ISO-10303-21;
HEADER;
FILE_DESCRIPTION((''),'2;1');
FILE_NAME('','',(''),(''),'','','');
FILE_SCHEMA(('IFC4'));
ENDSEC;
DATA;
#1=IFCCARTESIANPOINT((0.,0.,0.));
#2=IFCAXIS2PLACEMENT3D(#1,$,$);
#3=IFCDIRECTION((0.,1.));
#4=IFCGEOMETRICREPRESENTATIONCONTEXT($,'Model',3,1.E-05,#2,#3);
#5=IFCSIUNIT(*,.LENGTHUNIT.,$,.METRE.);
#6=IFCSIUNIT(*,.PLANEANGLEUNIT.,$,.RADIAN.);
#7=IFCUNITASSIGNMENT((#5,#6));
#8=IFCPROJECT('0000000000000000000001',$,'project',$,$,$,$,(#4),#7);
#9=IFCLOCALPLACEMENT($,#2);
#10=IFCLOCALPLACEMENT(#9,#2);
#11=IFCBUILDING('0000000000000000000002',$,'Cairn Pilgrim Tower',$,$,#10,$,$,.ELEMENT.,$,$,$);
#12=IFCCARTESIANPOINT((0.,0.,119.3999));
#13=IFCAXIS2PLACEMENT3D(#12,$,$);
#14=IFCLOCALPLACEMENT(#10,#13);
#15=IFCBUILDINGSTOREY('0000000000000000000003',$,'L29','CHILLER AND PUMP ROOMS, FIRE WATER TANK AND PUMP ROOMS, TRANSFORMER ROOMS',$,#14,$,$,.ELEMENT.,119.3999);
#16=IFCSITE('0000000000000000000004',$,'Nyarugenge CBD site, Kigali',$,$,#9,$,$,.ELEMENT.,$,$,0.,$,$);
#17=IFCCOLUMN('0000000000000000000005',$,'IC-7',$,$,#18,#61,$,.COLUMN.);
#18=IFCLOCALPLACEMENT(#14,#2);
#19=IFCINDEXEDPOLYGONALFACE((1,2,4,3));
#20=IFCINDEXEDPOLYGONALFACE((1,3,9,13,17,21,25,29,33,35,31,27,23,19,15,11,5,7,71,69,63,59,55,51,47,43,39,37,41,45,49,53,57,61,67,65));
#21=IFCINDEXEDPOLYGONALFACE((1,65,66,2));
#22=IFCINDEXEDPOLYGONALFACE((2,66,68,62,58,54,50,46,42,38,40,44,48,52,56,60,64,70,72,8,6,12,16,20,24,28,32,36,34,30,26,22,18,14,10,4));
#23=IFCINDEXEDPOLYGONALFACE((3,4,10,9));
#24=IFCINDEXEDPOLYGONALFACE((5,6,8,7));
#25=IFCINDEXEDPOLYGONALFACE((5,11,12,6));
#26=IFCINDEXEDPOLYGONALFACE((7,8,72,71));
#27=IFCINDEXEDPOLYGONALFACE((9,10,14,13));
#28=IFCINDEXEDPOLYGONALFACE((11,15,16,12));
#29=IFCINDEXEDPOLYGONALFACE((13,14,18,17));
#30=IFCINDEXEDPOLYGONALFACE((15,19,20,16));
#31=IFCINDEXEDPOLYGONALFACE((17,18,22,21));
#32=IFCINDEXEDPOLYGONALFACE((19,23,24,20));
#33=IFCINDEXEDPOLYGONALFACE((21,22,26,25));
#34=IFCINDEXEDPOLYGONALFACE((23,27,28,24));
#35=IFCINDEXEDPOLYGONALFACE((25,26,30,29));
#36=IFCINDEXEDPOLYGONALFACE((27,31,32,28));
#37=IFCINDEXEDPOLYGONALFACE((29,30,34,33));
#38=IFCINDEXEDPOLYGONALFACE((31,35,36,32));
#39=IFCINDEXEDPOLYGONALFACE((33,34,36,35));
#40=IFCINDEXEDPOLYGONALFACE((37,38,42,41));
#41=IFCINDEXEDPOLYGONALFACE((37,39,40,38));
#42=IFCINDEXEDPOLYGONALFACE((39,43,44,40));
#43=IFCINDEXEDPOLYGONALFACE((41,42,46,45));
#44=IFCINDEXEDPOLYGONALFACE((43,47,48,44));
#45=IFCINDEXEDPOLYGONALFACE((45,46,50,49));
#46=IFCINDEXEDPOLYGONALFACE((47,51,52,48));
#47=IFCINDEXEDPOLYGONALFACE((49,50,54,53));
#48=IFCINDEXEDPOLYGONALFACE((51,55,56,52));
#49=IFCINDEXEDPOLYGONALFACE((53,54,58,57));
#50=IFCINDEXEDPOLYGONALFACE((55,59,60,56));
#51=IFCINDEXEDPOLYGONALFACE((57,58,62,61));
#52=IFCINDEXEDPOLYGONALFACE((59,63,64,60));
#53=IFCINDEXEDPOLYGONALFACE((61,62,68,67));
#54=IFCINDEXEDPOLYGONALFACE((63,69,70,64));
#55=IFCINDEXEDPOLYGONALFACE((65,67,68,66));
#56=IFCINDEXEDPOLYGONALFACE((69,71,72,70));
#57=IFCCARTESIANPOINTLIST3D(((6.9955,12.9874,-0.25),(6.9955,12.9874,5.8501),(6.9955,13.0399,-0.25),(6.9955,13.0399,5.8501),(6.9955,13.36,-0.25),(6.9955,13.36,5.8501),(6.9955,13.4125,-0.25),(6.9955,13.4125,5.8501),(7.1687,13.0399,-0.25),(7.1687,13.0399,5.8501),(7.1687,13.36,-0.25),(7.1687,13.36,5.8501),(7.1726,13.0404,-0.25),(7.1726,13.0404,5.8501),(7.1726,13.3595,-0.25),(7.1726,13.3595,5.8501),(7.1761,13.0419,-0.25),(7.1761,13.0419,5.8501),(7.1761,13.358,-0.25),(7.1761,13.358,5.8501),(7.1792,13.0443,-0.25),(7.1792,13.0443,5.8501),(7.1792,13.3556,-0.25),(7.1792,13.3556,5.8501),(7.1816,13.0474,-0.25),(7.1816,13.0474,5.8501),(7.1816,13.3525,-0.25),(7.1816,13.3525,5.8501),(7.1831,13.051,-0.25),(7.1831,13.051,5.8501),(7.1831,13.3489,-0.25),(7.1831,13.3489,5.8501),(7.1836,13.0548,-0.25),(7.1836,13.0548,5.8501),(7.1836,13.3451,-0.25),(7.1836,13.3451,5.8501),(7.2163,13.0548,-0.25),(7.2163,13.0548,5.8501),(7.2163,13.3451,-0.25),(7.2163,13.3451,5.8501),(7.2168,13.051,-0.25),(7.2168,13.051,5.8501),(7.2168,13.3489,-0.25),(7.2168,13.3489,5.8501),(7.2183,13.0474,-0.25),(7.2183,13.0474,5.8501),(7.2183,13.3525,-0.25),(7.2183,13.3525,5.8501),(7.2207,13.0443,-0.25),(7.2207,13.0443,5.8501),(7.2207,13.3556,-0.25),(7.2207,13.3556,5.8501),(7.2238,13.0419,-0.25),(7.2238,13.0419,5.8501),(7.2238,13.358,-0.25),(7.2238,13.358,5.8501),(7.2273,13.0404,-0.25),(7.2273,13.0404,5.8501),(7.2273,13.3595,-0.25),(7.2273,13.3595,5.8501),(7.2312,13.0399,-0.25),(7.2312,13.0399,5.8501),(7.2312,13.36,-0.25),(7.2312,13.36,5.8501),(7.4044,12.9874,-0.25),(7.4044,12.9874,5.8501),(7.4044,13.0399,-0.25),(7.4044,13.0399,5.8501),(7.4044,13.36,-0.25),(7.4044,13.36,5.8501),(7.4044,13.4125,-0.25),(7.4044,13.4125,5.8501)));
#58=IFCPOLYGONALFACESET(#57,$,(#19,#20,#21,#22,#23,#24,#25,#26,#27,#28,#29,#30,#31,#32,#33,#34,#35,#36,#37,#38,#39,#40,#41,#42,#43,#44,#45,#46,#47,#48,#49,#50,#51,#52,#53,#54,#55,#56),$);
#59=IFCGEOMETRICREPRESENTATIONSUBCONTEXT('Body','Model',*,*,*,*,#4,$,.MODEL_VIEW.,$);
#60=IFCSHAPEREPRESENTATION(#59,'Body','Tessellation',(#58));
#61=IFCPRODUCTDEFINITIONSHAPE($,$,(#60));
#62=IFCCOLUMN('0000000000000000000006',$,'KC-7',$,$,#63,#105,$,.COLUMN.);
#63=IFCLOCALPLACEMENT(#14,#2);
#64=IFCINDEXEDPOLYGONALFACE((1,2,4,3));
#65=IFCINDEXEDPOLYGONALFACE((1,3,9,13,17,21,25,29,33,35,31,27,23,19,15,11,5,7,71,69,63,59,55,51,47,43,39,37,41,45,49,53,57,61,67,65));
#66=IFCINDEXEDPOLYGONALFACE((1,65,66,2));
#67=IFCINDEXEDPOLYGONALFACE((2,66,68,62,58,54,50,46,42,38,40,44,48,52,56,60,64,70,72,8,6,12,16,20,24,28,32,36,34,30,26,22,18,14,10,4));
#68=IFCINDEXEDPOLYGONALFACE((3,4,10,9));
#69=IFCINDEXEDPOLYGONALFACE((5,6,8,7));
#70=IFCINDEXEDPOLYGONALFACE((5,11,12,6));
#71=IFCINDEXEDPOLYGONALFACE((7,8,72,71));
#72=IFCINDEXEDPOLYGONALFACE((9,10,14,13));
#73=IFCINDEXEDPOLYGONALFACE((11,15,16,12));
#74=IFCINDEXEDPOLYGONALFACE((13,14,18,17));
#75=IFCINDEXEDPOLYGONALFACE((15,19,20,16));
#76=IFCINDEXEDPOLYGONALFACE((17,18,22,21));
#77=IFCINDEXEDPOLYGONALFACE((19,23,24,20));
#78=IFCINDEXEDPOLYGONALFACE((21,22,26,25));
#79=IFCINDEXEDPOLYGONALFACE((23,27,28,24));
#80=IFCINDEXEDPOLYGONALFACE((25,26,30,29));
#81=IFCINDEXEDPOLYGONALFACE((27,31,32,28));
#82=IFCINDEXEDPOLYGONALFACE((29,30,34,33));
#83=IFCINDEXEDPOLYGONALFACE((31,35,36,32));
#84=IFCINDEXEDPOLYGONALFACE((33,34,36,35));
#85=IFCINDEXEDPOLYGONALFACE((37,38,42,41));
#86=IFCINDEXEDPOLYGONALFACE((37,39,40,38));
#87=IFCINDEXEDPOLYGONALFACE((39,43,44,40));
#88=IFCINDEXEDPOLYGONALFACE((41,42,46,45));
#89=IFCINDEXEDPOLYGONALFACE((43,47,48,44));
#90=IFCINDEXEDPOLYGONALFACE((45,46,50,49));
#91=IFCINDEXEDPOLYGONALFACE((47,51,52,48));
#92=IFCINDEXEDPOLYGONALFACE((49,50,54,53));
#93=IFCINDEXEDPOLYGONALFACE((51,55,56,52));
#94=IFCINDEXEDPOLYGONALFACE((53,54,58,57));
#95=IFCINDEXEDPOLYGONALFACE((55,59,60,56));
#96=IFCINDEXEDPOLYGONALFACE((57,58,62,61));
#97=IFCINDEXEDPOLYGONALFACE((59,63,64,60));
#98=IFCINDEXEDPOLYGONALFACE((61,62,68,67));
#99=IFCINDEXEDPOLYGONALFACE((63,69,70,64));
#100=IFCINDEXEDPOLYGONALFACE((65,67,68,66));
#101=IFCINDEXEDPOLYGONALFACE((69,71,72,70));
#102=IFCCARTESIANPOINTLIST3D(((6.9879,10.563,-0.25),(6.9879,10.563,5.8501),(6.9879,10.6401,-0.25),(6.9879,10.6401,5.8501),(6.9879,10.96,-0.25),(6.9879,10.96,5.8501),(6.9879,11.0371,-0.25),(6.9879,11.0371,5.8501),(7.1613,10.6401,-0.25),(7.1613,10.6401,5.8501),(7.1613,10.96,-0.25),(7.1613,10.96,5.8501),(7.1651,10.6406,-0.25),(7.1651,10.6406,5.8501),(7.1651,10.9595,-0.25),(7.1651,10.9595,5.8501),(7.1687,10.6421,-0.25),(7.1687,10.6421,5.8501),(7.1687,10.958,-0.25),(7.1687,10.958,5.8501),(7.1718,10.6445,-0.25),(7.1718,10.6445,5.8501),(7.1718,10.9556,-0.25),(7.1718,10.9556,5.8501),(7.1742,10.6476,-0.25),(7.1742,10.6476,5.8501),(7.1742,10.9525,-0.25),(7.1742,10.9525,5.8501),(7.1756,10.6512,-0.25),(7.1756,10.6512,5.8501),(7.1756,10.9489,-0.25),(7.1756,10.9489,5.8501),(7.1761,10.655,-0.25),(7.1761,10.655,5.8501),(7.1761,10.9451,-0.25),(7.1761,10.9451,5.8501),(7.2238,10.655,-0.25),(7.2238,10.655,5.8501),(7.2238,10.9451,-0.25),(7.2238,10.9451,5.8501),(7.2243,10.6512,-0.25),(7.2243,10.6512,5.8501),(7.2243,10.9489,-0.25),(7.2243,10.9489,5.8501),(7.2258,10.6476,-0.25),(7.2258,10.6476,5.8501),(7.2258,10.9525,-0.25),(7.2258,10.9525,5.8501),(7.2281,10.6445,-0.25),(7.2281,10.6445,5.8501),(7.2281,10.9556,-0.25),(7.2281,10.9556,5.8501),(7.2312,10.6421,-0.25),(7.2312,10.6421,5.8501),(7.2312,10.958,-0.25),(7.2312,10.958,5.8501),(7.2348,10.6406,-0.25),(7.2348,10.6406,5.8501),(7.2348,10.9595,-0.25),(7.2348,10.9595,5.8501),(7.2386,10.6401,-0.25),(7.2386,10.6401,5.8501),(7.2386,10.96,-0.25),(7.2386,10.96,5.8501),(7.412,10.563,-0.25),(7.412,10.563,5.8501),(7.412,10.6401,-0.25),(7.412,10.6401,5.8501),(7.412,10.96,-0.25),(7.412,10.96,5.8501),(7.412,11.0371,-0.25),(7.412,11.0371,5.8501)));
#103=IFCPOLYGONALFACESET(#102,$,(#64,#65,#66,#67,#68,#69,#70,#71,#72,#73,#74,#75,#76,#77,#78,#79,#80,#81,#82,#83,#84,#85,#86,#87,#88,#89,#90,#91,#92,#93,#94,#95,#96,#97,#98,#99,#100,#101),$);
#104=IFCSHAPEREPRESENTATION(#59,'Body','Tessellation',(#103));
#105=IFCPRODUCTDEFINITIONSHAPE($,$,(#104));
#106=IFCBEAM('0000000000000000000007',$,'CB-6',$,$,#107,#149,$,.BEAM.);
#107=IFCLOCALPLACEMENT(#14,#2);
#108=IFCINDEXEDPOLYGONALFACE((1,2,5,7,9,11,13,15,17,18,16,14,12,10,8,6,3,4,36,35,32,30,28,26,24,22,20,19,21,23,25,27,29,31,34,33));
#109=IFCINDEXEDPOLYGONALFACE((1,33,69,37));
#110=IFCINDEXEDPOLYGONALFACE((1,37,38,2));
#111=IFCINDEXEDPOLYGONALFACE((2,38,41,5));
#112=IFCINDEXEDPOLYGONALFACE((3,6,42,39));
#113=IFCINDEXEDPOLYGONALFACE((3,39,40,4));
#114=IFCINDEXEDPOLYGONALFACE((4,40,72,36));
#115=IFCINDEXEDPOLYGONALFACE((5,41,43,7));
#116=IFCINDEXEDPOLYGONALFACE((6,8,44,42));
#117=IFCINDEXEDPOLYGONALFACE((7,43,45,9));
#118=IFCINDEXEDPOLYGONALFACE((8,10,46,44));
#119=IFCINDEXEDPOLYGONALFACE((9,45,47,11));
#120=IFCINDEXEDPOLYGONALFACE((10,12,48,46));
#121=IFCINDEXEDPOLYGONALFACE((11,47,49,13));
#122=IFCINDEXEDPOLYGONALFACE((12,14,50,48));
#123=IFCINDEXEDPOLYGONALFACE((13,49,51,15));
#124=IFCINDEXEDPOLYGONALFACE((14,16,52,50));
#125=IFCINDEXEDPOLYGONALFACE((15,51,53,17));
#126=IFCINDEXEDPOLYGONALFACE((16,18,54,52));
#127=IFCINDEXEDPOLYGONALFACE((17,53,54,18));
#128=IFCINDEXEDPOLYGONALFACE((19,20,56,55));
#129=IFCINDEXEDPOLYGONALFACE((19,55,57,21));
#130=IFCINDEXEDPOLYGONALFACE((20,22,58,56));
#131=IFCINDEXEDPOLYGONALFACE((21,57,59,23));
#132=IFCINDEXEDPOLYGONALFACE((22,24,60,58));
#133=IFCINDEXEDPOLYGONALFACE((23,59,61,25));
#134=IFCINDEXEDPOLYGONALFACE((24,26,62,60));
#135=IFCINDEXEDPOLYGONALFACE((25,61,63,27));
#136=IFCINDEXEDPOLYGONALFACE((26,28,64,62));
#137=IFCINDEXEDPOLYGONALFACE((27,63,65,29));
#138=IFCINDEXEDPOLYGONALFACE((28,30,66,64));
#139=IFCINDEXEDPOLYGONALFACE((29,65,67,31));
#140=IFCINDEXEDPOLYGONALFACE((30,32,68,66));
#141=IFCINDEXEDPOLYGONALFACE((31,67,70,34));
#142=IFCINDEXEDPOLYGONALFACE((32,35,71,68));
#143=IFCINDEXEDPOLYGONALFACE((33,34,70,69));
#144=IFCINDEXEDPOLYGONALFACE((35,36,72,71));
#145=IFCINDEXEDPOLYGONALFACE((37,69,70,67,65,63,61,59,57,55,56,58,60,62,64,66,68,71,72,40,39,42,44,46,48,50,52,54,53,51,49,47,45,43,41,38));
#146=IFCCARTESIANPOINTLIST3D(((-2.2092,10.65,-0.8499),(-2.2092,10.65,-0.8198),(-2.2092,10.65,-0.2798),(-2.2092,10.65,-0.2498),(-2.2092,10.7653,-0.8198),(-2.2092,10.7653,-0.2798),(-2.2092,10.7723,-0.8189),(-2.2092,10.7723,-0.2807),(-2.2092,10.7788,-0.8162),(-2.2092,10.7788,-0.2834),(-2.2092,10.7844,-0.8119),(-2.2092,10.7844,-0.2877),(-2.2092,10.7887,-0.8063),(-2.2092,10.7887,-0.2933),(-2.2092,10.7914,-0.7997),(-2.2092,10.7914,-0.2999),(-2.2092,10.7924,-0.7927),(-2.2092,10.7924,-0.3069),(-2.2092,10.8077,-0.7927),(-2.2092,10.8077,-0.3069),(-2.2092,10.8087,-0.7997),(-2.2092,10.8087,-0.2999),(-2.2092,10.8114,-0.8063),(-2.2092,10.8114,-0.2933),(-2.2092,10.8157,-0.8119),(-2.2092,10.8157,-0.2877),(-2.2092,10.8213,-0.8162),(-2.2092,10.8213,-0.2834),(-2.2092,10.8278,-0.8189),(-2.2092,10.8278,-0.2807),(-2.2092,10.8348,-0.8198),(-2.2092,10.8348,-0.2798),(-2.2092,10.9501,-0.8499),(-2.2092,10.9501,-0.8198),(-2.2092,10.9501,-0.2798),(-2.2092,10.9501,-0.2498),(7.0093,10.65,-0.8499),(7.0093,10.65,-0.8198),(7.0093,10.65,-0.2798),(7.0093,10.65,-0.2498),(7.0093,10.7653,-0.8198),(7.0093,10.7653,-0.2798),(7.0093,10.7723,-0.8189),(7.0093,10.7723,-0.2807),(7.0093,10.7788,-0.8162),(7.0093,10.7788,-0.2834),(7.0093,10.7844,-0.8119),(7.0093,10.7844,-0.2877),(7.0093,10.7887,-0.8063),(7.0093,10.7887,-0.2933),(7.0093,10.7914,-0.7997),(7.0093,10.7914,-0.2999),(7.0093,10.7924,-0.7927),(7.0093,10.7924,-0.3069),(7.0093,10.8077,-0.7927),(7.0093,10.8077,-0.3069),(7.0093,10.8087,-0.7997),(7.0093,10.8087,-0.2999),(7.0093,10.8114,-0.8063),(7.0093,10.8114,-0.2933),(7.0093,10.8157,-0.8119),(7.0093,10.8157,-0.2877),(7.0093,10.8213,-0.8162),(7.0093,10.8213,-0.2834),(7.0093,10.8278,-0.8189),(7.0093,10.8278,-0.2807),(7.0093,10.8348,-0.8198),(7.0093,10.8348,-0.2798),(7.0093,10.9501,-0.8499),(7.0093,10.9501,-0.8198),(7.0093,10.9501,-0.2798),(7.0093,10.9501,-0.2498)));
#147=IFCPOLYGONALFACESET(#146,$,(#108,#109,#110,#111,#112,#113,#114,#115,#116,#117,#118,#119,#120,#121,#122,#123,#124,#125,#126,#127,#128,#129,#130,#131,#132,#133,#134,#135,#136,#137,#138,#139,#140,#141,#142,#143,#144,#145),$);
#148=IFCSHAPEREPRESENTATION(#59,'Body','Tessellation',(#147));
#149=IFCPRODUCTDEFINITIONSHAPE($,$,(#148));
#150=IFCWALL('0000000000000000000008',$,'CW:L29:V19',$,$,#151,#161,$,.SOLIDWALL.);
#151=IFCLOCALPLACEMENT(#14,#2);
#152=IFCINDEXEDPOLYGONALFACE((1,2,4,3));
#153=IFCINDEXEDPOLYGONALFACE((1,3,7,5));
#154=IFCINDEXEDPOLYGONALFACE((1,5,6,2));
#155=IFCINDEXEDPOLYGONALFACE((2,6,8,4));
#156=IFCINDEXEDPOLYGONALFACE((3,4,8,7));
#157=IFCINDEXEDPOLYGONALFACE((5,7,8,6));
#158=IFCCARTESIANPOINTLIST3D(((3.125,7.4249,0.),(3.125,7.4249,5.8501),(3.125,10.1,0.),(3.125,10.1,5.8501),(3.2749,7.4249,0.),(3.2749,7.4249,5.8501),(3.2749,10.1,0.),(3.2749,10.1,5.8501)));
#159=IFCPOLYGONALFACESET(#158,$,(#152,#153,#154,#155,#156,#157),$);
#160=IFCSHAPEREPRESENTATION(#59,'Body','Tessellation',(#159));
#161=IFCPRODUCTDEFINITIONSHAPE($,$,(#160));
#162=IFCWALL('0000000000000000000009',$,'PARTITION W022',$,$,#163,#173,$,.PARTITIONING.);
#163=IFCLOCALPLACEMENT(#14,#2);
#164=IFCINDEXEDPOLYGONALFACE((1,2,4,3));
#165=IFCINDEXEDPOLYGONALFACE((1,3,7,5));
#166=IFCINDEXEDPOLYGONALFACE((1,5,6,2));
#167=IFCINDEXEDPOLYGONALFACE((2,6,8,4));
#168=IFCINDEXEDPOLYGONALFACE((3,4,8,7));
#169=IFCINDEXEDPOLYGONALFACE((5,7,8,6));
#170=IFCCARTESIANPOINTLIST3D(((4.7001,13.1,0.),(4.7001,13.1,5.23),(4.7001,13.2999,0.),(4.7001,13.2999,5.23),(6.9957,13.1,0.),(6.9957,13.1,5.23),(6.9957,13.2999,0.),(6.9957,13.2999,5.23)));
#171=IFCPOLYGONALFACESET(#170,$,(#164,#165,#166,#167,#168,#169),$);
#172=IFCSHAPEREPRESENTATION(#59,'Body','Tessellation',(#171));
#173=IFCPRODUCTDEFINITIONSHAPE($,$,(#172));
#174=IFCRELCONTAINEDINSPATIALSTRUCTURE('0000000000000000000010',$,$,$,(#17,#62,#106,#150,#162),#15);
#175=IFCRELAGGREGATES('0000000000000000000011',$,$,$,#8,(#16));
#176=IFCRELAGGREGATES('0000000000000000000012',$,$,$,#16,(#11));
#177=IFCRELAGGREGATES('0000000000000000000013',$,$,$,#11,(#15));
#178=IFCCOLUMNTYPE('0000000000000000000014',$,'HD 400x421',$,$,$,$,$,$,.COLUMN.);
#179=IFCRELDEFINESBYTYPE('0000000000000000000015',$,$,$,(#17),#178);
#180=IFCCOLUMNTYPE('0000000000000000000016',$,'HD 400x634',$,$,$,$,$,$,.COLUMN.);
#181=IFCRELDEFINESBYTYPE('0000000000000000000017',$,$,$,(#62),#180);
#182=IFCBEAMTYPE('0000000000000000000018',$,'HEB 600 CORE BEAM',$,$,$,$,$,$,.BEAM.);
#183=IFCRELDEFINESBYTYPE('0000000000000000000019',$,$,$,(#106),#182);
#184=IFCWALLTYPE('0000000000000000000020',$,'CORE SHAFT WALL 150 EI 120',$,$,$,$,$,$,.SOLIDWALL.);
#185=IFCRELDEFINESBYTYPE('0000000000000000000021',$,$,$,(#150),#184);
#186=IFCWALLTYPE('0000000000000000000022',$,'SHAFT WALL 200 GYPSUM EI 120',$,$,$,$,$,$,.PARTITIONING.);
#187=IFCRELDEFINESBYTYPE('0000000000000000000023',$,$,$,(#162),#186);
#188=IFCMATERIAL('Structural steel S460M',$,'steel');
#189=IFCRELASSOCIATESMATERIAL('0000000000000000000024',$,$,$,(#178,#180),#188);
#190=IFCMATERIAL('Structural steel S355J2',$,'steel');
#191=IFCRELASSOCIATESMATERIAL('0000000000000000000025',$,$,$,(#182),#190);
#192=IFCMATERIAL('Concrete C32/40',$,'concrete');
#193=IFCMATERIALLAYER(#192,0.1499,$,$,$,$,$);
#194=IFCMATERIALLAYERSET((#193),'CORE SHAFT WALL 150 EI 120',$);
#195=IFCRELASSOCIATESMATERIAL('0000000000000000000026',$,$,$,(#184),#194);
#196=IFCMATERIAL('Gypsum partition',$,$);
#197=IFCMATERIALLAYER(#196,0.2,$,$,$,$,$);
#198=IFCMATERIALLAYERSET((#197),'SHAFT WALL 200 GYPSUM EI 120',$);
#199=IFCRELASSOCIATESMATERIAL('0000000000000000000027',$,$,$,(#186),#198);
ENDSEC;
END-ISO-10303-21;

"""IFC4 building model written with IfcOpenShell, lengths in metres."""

from ifc_helpers import new_model, si_unit, direction, frame, frame_2d, origin, origin_2d, place, context, subcontext, project, spatial, rectangle, i_section, extrude, material, layer, layer_set, material_profile, profile_set, type_object, element, save


model = new_model("IFC4")

# Units and contexts
model_context = context("Model", 3, precision=1e-05, world=origin(), true_north=direction((0.0, 1.0)))
body_context = subcontext(model_context, "Body", "Model", "MODEL_VIEW")
ifc_project = project(units=[si_unit("LENGTHUNIT", "METRE"), si_unit("PLANEANGLEUNIT", "RADIAN")], contexts=[model_context])

# Site, building, storey
site_placement = place(None, origin())
site = spatial("IfcSite", under=ifc_project, at=site_placement, Name="Nyarugenge CBD site, Kigali", CompositionType="ELEMENT", RefElevation=0.0)
building_placement = place(site_placement, origin())
building = spatial("IfcBuilding", under=site, at=building_placement, Name="Cairn Pilgrim Tower", CompositionType="ELEMENT")
storey_placement = place(building_placement, frame((0.0, 0.0, 119.3999)))
storey = spatial("IfcBuildingStorey", under=building, at=storey_placement, Name="L29", Description="CHILLER AND PUMP ROOMS, FIRE WATER TANK AND PUMP ROOMS, TRANSFORMER ROOMS", CompositionType="ELEMENT", Elevation=119.3999)

# Columns
ifc_material_1 = material(Name="Structural steel S460M", Category="steel")
ifc_material_profile_1 = material_profile(ifc_material_1, i_section(OverallWidth=0.4089, OverallDepth=0.425, WebThickness=0.0327, FlangeThickness=0.0525, FilletRadius=0.0149, at=origin_2d()), Name="HD 400x421")
ifc_profile_set_1 = profile_set([ifc_material_profile_1], Name="Structural steel S460M")
column_type_1 = type_object("IfcColumnType", Name="HD 400x421", PredefinedType="COLUMN", material=ifc_profile_set_1)
column_1_placement = place(storey_placement, frame((7.2, 13.2, -0.25), z_axis=(0.0, 0.0, 1.0), x_axis=(1.0, 0.0, 0.0)))
element("IfcColumn", 1, at=column_1_placement, inside=storey, type_object=column_type_1, Name="IC-7", PredefinedType="COLUMN", context=body_context, shape_type="SweptSolid", body=[
    extrude(i_section(OverallWidth=0.4089, OverallDepth=0.425, WebThickness=0.0327, FlangeThickness=0.0525, FilletRadius=0.0149, at=origin_2d()), origin(), (0.0, 0.0, 1.0), 6.1001),
])
ifc_material_profile_2 = material_profile(ifc_material_1, i_section(OverallWidth=0.4241, OverallDepth=0.4741, WebThickness=0.0476, FlangeThickness=0.0771, FilletRadius=0.0149, at=origin_2d()), Name="HD 400x634")
ifc_profile_set_2 = profile_set([ifc_material_profile_2], Name="Structural steel S460M")
column_type_2 = type_object("IfcColumnType", Name="HD 400x634", PredefinedType="COLUMN", material=ifc_profile_set_2)
column_2_placement = place(storey_placement, frame((7.2, 10.8, -0.25), z_axis=(0.0, 0.0, 1.0), x_axis=(1.0, 0.0, 0.0)))
element("IfcColumn", 2, at=column_2_placement, inside=storey, type_object=column_type_2, Name="KC-7", PredefinedType="COLUMN", context=body_context, shape_type="SweptSolid", body=[
    extrude(i_section(OverallWidth=0.4241, OverallDepth=0.4741, WebThickness=0.0476, FlangeThickness=0.0771, FilletRadius=0.0149, at=origin_2d()), origin(), (0.0, 0.0, 1.0), 6.1001),
])

# Beam
ifc_material_2 = material(Name="Structural steel S355J2", Category="steel")
ifc_material_profile_3 = material_profile(ifc_material_2, i_section(OverallWidth=0.3, OverallDepth=0.6001, WebThickness=0.0154, FlangeThickness=0.03, FilletRadius=0.0271, at=origin_2d()), Name="HEB 600")
ifc_profile_set_3 = profile_set([ifc_material_profile_3], Name="Structural steel S355J2")
beam_type = type_object("IfcBeamType", Name="HEB 600 CORE BEAM", PredefinedType="BEAM", material=ifc_profile_set_3)
beam_placement = place(storey_placement, frame((7.0093, 10.8, -0.5498), z_axis=(-1.0, 0.0, 0.0), x_axis=(0.0, -1.0, 0.0)))
element("IfcBeam", 3, at=beam_placement, inside=storey, type_object=beam_type, Name="CB-6", PredefinedType="BEAM", context=body_context, shape_type="SweptSolid", body=[
    extrude(i_section(OverallWidth=0.3, OverallDepth=0.6001, WebThickness=0.0154, FlangeThickness=0.03, FilletRadius=0.0271, at=origin_2d()), origin(), (0.0, 0.0, 1.0), 9.2185),
])

# Walls
ifc_material_3 = material(Name="Concrete C32/40", Category="concrete")
ifc_layer_1 = layer(ifc_material_3, 0.1499)
ifc_layer_set_1 = layer_set([ifc_layer_1], Name="CORE SHAFT WALL 150 EI 120")
wall_type_1 = type_object("IfcWallType", Name="CORE SHAFT WALL 150 EI 120", PredefinedType="SOLIDWALL", material=ifc_layer_set_1)
wall_1_placement = place(storey_placement, frame((3.2, 7.425, 0.0), z_axis=(0.0, 0.0, 1.0), x_axis=(0.0, 1.0, 0.0)))
element("IfcWall", 4, at=wall_1_placement, inside=storey, type_object=wall_type_1, Name="CW:L29:V19", PredefinedType="SOLIDWALL", context=body_context, shape_type="SweptSolid", body=[
    extrude(rectangle(XDim=2.675, YDim=0.1499, at=frame_2d((1.3374, 0.0))), origin(), (0.0, 0.0, 1.0), 5.8501),
])
ifc_material_4 = material(Name="Gypsum partition")
ifc_layer_2 = layer(ifc_material_4, 0.2)
ifc_layer_set_2 = layer_set([ifc_layer_2], Name="SHAFT WALL 200 GYPSUM EI 120")
wall_type_2 = type_object("IfcWallType", Name="SHAFT WALL 200 GYPSUM EI 120", PredefinedType="PARTITIONING", material=ifc_layer_set_2)
wall_2_placement = place(storey_placement, frame((4.7, 13.2, 0.0), z_axis=(0.0, 0.0, 1.0), x_axis=(1.0, 0.0, 0.0)))
element("IfcWall", 5, at=wall_2_placement, inside=storey, type_object=wall_type_2, Name="PARTITION W022", PredefinedType="PARTITIONING", context=body_context, shape_type="SweptSolid", body=[
    extrude(rectangle(XDim=2.2957, YDim=0.2, at=frame_2d((1.1479, 0.0))), origin(), (0.0, 0.0, 1.0), 5.23),
])

save(model, "model.ifc")
